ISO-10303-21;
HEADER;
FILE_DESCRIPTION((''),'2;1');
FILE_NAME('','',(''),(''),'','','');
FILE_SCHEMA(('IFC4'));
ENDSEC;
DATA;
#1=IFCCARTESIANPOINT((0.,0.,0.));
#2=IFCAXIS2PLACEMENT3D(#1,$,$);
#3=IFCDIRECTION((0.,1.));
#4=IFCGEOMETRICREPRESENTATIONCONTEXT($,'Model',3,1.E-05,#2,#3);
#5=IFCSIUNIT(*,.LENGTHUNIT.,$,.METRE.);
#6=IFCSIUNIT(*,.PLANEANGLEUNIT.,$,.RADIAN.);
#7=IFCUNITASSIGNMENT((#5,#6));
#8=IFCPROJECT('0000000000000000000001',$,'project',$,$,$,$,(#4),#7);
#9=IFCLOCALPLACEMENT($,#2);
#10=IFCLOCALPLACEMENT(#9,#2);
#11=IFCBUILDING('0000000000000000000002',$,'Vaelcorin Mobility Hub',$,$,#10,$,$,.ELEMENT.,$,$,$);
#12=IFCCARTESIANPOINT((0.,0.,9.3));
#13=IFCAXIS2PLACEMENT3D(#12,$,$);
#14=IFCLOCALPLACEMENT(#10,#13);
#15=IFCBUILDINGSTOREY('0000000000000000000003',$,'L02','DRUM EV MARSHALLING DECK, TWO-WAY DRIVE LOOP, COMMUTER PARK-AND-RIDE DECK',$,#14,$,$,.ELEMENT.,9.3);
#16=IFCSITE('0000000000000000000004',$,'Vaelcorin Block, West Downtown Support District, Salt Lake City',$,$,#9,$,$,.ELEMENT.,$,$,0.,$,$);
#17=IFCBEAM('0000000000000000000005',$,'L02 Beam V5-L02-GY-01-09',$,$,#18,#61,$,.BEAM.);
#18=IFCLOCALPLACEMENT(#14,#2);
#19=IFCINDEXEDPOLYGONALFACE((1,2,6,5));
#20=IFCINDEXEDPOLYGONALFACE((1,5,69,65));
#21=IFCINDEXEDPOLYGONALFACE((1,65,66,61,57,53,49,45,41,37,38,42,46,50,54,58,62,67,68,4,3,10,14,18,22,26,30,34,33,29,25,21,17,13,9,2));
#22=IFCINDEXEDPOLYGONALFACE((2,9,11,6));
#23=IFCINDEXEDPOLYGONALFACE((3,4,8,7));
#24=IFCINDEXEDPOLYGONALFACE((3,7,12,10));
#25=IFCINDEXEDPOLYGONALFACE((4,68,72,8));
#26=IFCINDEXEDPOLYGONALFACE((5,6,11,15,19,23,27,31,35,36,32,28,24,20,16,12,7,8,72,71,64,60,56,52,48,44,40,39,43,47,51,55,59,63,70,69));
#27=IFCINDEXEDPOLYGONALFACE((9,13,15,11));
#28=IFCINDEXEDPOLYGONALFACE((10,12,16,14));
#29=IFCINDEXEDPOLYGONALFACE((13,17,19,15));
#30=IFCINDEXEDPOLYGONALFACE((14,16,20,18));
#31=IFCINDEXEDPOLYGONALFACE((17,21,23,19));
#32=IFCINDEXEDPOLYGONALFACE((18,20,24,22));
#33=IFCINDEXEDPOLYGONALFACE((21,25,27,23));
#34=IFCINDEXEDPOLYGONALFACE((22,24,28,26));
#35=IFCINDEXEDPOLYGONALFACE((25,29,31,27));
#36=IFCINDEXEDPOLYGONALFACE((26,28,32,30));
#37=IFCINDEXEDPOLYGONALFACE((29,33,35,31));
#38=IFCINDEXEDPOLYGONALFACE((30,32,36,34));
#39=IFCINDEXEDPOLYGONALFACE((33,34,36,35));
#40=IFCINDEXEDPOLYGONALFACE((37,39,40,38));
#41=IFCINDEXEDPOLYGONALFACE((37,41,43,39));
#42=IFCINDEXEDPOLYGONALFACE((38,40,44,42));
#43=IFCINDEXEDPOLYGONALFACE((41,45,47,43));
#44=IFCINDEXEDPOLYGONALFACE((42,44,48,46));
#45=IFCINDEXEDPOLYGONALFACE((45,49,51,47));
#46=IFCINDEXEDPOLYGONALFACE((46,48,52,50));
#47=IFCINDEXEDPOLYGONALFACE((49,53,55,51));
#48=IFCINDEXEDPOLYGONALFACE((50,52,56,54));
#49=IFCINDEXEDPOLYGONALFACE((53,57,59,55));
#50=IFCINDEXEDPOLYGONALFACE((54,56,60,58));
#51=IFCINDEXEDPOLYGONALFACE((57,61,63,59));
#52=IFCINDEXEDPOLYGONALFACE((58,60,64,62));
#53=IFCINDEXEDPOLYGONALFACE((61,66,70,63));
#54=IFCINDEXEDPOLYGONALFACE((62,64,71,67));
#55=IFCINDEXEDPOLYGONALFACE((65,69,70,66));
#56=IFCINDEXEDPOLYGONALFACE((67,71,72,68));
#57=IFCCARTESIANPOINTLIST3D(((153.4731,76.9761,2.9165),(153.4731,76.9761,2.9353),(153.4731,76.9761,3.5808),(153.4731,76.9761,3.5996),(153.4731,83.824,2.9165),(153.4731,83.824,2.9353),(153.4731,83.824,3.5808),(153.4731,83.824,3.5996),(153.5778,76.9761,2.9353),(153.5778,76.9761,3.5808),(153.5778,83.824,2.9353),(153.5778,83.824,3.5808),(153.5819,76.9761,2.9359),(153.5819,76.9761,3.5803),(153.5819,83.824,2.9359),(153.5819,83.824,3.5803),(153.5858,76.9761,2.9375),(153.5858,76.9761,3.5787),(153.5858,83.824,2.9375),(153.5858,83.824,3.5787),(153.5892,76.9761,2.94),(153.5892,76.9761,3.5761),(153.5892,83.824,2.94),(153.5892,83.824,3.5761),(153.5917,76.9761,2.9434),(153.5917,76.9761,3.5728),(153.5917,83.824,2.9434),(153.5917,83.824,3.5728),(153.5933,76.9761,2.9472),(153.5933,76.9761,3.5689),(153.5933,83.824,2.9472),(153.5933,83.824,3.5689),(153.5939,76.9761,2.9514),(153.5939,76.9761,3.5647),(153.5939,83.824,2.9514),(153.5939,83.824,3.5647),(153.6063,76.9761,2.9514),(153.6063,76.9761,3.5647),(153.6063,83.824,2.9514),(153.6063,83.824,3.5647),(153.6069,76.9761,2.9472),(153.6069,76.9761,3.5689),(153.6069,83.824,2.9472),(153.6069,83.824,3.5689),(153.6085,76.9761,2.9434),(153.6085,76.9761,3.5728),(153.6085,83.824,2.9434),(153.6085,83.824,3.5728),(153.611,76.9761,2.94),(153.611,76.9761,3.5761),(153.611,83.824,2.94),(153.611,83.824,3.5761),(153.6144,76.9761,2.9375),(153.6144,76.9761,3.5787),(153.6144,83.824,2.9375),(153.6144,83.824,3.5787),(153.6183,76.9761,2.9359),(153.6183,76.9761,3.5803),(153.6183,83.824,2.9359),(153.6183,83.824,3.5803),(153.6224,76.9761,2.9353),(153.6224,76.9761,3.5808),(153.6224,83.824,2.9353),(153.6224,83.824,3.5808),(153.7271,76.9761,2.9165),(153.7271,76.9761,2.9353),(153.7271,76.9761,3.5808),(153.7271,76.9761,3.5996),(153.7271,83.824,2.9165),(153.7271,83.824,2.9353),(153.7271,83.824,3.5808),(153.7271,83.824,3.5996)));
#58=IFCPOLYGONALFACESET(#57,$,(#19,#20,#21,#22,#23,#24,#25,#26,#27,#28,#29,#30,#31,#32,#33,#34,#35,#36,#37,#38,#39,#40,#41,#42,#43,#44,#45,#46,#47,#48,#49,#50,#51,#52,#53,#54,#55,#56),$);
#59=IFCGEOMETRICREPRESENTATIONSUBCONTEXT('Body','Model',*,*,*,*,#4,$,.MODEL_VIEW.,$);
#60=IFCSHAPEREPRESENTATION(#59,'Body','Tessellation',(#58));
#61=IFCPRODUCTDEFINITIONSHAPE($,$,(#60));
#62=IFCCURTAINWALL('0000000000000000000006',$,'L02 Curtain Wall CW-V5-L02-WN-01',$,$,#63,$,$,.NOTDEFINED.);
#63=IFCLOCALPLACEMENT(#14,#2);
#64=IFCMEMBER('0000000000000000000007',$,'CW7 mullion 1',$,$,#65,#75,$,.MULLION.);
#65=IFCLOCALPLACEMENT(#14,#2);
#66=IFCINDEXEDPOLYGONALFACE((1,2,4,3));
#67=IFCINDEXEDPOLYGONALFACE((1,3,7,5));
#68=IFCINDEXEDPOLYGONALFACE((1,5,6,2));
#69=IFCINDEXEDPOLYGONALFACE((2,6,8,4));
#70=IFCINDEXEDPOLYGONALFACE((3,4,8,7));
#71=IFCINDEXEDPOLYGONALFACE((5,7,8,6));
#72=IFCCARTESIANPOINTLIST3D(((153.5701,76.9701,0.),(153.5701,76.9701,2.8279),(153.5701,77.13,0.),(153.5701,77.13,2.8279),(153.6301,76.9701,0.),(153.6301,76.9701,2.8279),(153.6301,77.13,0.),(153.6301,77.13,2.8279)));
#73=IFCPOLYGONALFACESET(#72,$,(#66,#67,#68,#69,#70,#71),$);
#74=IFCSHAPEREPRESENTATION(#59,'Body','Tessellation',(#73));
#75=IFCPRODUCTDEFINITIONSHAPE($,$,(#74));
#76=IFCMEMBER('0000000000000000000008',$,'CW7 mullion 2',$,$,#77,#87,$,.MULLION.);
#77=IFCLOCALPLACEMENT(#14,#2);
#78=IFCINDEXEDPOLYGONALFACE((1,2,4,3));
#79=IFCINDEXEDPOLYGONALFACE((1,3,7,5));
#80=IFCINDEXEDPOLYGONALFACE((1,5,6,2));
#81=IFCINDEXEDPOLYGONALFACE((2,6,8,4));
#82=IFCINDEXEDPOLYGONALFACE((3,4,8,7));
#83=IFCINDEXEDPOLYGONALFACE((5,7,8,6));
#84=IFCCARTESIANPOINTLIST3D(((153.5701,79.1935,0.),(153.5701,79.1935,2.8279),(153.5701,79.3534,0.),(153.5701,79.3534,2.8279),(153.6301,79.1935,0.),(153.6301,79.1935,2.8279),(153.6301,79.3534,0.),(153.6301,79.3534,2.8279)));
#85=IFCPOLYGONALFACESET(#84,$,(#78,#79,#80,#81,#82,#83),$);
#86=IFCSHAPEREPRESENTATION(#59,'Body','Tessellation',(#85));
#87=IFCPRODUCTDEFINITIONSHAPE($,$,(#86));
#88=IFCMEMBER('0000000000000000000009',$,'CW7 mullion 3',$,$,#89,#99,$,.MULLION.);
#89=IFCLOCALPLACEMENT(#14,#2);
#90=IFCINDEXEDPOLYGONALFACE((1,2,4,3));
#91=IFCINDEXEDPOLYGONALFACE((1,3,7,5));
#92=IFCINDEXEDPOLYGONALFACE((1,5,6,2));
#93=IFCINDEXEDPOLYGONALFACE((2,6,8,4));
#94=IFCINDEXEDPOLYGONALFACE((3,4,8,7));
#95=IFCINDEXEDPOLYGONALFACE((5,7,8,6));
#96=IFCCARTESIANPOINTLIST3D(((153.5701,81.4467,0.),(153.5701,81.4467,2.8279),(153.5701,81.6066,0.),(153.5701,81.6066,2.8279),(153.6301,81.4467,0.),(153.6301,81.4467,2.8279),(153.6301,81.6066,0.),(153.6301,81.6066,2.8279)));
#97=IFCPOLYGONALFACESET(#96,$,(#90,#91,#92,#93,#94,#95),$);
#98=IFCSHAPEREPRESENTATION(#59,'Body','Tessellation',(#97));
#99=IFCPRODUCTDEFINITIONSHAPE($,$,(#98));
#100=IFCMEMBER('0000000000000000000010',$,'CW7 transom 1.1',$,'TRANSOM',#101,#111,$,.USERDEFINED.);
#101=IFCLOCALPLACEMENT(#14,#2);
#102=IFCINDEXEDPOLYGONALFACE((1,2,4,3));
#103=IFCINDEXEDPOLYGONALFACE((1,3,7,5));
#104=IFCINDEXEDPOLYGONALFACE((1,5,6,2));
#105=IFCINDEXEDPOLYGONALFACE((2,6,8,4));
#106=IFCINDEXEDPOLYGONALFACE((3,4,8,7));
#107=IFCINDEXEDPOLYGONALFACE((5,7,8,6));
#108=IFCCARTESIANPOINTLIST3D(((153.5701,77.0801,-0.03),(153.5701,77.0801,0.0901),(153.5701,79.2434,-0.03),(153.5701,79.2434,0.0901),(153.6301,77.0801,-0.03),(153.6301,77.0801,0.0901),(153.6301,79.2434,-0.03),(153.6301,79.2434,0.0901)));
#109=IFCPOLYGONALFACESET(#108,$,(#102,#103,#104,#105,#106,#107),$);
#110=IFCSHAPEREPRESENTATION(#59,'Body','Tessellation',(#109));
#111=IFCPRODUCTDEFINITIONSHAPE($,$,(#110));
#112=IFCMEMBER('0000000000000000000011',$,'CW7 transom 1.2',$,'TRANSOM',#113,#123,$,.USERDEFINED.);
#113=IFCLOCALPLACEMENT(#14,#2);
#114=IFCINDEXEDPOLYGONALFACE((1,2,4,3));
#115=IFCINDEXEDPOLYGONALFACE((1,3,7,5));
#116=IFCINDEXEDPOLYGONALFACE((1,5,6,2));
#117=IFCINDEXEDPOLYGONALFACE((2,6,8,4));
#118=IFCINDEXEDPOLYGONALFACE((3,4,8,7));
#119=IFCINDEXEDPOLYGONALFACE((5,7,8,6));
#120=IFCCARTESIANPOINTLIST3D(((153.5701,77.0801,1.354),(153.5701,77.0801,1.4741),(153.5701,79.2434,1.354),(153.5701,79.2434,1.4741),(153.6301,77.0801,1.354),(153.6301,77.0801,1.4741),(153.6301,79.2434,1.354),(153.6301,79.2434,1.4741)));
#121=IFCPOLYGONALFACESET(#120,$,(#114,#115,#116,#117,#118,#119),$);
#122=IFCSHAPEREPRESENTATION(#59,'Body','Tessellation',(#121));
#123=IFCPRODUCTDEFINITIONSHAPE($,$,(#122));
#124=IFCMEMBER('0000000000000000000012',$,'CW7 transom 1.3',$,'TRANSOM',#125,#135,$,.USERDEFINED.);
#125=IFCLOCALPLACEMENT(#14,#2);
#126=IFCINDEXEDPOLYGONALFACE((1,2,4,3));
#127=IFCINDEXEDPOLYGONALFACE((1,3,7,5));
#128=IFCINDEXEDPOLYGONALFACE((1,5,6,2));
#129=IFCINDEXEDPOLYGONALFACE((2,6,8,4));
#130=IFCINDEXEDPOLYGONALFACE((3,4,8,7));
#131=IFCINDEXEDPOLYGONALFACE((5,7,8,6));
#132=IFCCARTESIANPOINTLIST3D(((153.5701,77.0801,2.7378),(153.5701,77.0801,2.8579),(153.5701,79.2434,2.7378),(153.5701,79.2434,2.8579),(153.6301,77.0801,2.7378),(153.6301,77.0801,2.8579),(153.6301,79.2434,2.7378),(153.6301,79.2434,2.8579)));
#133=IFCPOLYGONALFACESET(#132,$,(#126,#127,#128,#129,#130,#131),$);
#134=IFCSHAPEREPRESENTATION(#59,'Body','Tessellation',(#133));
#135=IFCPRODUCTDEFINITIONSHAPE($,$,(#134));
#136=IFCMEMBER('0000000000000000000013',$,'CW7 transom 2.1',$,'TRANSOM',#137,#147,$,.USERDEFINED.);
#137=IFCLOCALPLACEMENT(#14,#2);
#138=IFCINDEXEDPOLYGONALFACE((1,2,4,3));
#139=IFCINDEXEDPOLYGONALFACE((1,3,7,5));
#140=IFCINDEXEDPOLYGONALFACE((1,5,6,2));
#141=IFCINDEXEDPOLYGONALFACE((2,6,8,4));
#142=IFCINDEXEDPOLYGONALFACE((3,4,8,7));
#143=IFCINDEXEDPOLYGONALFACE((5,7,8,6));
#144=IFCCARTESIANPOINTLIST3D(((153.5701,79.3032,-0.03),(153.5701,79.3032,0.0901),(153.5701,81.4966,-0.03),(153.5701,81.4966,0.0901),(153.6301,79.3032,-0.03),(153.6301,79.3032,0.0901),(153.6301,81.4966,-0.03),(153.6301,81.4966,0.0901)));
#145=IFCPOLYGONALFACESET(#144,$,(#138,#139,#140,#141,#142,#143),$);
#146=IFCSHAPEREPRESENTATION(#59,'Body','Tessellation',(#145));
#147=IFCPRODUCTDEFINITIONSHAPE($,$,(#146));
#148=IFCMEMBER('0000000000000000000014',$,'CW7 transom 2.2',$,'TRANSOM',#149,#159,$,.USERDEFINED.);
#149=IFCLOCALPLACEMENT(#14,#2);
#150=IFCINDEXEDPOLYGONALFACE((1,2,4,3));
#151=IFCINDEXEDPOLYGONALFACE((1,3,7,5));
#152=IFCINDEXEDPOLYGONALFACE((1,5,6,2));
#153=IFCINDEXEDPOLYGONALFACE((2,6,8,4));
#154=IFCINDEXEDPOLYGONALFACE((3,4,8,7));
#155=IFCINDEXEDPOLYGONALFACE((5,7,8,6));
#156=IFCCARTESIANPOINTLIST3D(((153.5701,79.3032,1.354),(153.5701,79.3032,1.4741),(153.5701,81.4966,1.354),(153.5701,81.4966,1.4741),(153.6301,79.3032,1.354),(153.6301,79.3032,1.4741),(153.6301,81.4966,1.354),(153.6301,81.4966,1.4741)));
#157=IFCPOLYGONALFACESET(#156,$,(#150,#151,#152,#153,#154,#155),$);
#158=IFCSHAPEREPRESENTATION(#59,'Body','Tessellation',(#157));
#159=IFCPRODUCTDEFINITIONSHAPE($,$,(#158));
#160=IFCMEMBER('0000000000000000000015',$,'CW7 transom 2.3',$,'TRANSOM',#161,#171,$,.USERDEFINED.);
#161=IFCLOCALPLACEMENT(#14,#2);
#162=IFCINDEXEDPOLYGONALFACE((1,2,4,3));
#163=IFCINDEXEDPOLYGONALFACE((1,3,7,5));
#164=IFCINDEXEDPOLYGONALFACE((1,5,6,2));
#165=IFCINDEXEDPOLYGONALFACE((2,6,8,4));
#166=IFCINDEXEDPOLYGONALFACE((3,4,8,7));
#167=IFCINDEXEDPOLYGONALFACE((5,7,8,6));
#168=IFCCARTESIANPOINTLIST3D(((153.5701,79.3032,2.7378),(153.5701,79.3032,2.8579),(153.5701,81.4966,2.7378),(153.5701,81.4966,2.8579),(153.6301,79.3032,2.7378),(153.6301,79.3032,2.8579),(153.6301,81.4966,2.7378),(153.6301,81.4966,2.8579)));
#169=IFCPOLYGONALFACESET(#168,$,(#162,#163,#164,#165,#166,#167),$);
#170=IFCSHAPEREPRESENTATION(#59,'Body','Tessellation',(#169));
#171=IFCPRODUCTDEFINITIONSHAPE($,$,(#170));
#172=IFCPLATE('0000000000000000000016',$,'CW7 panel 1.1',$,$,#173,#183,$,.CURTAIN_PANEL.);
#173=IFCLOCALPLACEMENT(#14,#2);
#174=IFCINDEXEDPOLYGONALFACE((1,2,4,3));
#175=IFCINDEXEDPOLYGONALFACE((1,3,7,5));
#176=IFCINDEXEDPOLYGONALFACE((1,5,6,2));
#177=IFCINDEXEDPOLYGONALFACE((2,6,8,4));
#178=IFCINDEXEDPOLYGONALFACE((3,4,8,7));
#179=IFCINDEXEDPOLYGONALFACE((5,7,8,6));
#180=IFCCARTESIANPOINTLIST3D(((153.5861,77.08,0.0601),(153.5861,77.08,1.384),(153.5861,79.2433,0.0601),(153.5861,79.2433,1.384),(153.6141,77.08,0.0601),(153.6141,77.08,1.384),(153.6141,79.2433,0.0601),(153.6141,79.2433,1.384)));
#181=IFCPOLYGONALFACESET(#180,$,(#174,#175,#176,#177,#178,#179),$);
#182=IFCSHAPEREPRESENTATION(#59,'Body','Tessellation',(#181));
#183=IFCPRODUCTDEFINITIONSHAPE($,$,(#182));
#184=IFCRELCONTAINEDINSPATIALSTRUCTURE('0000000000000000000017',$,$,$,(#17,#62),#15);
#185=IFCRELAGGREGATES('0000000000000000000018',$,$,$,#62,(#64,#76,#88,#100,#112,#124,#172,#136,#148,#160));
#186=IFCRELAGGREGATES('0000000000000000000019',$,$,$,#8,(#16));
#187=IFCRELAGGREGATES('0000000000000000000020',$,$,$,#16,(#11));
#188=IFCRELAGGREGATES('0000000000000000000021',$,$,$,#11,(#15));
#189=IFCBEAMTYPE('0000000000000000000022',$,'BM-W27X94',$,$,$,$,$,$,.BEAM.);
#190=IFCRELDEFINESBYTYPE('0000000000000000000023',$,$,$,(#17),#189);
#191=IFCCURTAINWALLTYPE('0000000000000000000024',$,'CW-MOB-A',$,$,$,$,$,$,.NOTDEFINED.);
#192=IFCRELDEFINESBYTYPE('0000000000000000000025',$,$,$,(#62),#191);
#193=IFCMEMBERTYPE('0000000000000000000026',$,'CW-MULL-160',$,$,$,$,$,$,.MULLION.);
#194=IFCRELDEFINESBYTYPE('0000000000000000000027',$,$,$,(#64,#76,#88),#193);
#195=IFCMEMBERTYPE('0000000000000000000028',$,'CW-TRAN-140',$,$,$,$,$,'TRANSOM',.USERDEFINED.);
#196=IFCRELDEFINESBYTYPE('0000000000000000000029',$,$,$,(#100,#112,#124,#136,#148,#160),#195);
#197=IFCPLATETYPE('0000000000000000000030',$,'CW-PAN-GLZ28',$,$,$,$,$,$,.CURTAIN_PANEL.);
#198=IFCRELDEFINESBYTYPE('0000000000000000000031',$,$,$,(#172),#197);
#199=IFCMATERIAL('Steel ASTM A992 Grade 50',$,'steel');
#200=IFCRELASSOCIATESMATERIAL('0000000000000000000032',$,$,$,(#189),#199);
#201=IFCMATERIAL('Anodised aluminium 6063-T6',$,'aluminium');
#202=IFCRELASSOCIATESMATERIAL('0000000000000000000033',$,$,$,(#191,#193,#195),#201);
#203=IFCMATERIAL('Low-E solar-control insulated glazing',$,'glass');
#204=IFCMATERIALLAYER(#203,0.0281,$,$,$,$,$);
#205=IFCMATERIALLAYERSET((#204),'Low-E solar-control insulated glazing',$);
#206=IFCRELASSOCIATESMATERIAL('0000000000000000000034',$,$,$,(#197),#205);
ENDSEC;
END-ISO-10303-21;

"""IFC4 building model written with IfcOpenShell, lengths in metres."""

from ifc_helpers import new_model, si_unit, direction, frame, origin, origin_2d, place, context, subcontext, project, spatial, rectangle, i_section, extrude, material, layer, layer_set, material_profile, profile_set, type_object, element, aggregate, save


model = new_model("IFC4")

# Units and contexts
model_context = context("Model", 3, precision=1e-05, world=origin(), true_north=direction((0.0, 1.0)))
body_context = subcontext(model_context, "Body", "Model", "MODEL_VIEW")
ifc_project = project(units=[si_unit("LENGTHUNIT", "METRE"), si_unit("PLANEANGLEUNIT", "RADIAN")], contexts=[model_context])

# Site, building, storey
site_placement = place(None, origin())
site = spatial("IfcSite", under=ifc_project, at=site_placement, Name="Vaelcorin Block, West Downtown Support District, Salt Lake City", CompositionType="ELEMENT", RefElevation=0.0)
building_placement = place(site_placement, origin())
building = spatial("IfcBuilding", under=site, at=building_placement, Name="Vaelcorin Mobility Hub", CompositionType="ELEMENT")
storey_placement = place(building_placement, frame((0.0, 0.0, 9.3)))
storey = spatial("IfcBuildingStorey", under=building, at=storey_placement, Name="L02", Description="DRUM EV MARSHALLING DECK, TWO-WAY DRIVE LOOP, COMMUTER PARK-AND-RIDE DECK", CompositionType="ELEMENT", Elevation=9.3)

# Shared definitions
ifc_material_1 = material(Name="Steel ASTM A992 Grade 50", Category="steel")

# Beam
ifc_material_profile_1 = material_profile(ifc_material_1, i_section(OverallWidth=0.2539, OverallDepth=0.6831, WebThickness=0.0125, FlangeThickness=0.0188, FilletRadius=0.0161, at=origin_2d()), Name="W27X94")
ifc_profile_set_1 = profile_set([ifc_material_profile_1], Name="Steel ASTM A992 Grade 50")
beam_type_1 = type_object("IfcBeamType", Name="BM-W27X94", PredefinedType="BEAM", material=ifc_profile_set_1)
beam_1_placement = place(storey_placement, frame((153.6001, 76.9761, 3.2581), z_axis=(0.0, 1.0, 0.0), x_axis=(-1.0, 0.0, 0.0)))
element("IfcBeam", 1, at=beam_1_placement, inside=storey, type_object=beam_type_1, Name="L02 Beam V5-L02-GY-01-09", PredefinedType="BEAM", context=body_context, shape_type="SweptSolid", body=[
    extrude(i_section(OverallWidth=0.2539, OverallDepth=0.6831, WebThickness=0.0125, FlangeThickness=0.0188, FilletRadius=0.0161, at=origin_2d()), origin(), (0.0, 0.0, 1.0), 6.8479),
])

# Curtain wall, members, plate
ifc_material_2 = material(Name="Anodised aluminium 6063-T6", Category="aluminium")
curtain_wall_type = type_object("IfcCurtainWallType", Name="CW-MOB-A", PredefinedType="NOTDEFINED", material=ifc_material_2)
curtain_wall_placement = place(storey_placement, origin())
curtain_wall = element("IfcCurtainWall", 2, at=curtain_wall_placement, inside=storey, type_object=curtain_wall_type, Name="L02 Curtain Wall CW-V5-L02-WN-01", PredefinedType="NOTDEFINED")
ifc_material_profile_2 = material_profile(ifc_material_2, rectangle(XDim=0.0601, YDim=0.1599, at=origin_2d()), Name="ALU-M60X160")
ifc_profile_set_2 = profile_set([ifc_material_profile_2], Name="Anodised aluminium 6063-T6")
member_type_1 = type_object("IfcMemberType", Name="CW-MULL-160", PredefinedType="MULLION", material=ifc_profile_set_2)
member_1_placement = place(storey_placement, frame((153.6001, 77.05, 0.0), z_axis=(0.0, 0.0, 1.0), x_axis=(-1.0, 0.0, 0.0)))
member_1 = element("IfcMember", 3, at=member_1_placement, type_object=member_type_1, Name="CW7 mullion 1", PredefinedType="MULLION", context=body_context, shape_type="SweptSolid", body=[
    extrude(rectangle(XDim=0.0601, YDim=0.1599, at=origin_2d()), origin(), (0.0, 0.0, 1.0), 2.8279),
])
member_2_placement = place(storey_placement, frame((153.6001, 79.2734, 0.0), z_axis=(0.0, 0.0, 1.0), x_axis=(-1.0, 0.0, 0.0)))
member_2 = element("IfcMember", 4, at=member_2_placement, type_object=member_type_1, Name="CW7 mullion 2", PredefinedType="MULLION", context=body_context, shape_type="SweptSolid", body=[
    extrude(rectangle(XDim=0.0601, YDim=0.1599, at=origin_2d()), origin(), (0.0, 0.0, 1.0), 2.8279),
])
member_3_placement = place(storey_placement, frame((153.6001, 81.5266, 0.0), z_axis=(0.0, 0.0, 1.0), x_axis=(-1.0, 0.0, 0.0)))
member_3 = element("IfcMember", 5, at=member_3_placement, type_object=member_type_1, Name="CW7 mullion 3", PredefinedType="MULLION", context=body_context, shape_type="SweptSolid", body=[
    extrude(rectangle(XDim=0.0601, YDim=0.1599, at=origin_2d()), origin(), (0.0, 0.0, 1.0), 2.8279),
])
ifc_material_profile_3 = material_profile(ifc_material_2, rectangle(XDim=0.0601, YDim=0.1201, at=origin_2d()), Name="ALU-T60X120")
ifc_profile_set_3 = profile_set([ifc_material_profile_3], Name="Anodised aluminium 6063-T6")
member_type_2 = type_object("IfcMemberType", Name="CW-TRAN-140", ElementType="TRANSOM", PredefinedType="USERDEFINED", material=ifc_profile_set_3)
member_4_placement = place(storey_placement, frame((153.6001, 77.0801, 0.03), z_axis=(0.0, 1.0, 0.0), x_axis=(-1.0, 0.0, 0.0)))
member_4 = element("IfcMember", 6, at=member_4_placement, type_object=member_type_2, Name="CW7 transom 1.1", ObjectType="TRANSOM", PredefinedType="USERDEFINED", context=body_context, shape_type="SweptSolid", body=[
    extrude(rectangle(XDim=0.0601, YDim=0.1201, at=origin_2d()), origin(), (0.0, 0.0, 1.0), 2.1633),
])
member_5_placement = place(storey_placement, frame((153.6001, 77.0801, 1.4141), z_axis=(0.0, 1.0, 0.0), x_axis=(-1.0, 0.0, 0.0)))
member_5 = element("IfcMember", 7, at=member_5_placement, type_object=member_type_2, Name="CW7 transom 1.2", ObjectType="TRANSOM", PredefinedType="USERDEFINED", context=body_context, shape_type="SweptSolid", body=[
    extrude(rectangle(XDim=0.0601, YDim=0.1201, at=origin_2d()), origin(), (0.0, 0.0, 1.0), 2.1633),
])
member_6_placement = place(storey_placement, frame((153.6001, 77.0801, 2.7979), z_axis=(0.0, 1.0, 0.0), x_axis=(-1.0, 0.0, 0.0)))
member_6 = element("IfcMember", 8, at=member_6_placement, type_object=member_type_2, Name="CW7 transom 1.3", ObjectType="TRANSOM", PredefinedType="USERDEFINED", context=body_context, shape_type="SweptSolid", body=[
    extrude(rectangle(XDim=0.0601, YDim=0.1201, at=origin_2d()), origin(), (0.0, 0.0, 1.0), 2.1633),
])
member_7_placement = place(storey_placement, frame((153.6001, 79.3032, 0.03), z_axis=(0.0, 1.0, 0.0), x_axis=(-1.0, 0.0, 0.0)))
member_7 = element("IfcMember", 9, at=member_7_placement, type_object=member_type_2, Name="CW7 transom 2.1", ObjectType="TRANSOM", PredefinedType="USERDEFINED", context=body_context, shape_type="SweptSolid", body=[
    extrude(rectangle(XDim=0.0601, YDim=0.1201, at=origin_2d()), origin(), (0.0, 0.0, 1.0), 2.1934),
])
member_8_placement = place(storey_placement, frame((153.6001, 79.3032, 1.4141), z_axis=(0.0, 1.0, 0.0), x_axis=(-1.0, 0.0, 0.0)))
member_8 = element("IfcMember", 10, at=member_8_placement, type_object=member_type_2, Name="CW7 transom 2.2", ObjectType="TRANSOM", PredefinedType="USERDEFINED", context=body_context, shape_type="SweptSolid", body=[
    extrude(rectangle(XDim=0.0601, YDim=0.1201, at=origin_2d()), origin(), (0.0, 0.0, 1.0), 2.1934),
])
member_9_placement = place(storey_placement, frame((153.6001, 79.3032, 2.7979), z_axis=(0.0, 1.0, 0.0), x_axis=(-1.0, 0.0, 0.0)))
member_9 = element("IfcMember", 11, at=member_9_placement, type_object=member_type_2, Name="CW7 transom 2.3", ObjectType="TRANSOM", PredefinedType="USERDEFINED", context=body_context, shape_type="SweptSolid", body=[
    extrude(rectangle(XDim=0.0601, YDim=0.1201, at=origin_2d()), origin(), (0.0, 0.0, 1.0), 2.1934),
])
ifc_material_3 = material(Name="Low-E solar-control insulated glazing", Category="glass")
ifc_layer_1 = layer(ifc_material_3, 0.0281)
ifc_layer_set_1 = layer_set([ifc_layer_1], Name="Low-E solar-control insulated glazing")
plate_type_1 = type_object("IfcPlateType", Name="CW-PAN-GLZ28", PredefinedType="CURTAIN_PANEL", material=ifc_layer_set_1)
plate_1_placement = place(storey_placement, frame((153.6001, 78.1616, 0.0601), z_axis=(0.0, 0.0, 1.0), x_axis=(0.0, 1.0, 0.0)))
plate_1 = element("IfcPlate", 12, at=plate_1_placement, type_object=plate_type_1, Name="CW7 panel 1.1", PredefinedType="CURTAIN_PANEL", context=body_context, shape_type="SweptSolid", body=[
    extrude(rectangle(XDim=2.1633, YDim=0.0281, at=origin_2d()), origin(), (0.0, 0.0, 1.0), 1.324),
])
aggregate(curtain_wall, [member_1, member_2, member_3, member_4, member_5, member_6, plate_1, member_7, member_8, member_9])

save(model, "model.ifc")
